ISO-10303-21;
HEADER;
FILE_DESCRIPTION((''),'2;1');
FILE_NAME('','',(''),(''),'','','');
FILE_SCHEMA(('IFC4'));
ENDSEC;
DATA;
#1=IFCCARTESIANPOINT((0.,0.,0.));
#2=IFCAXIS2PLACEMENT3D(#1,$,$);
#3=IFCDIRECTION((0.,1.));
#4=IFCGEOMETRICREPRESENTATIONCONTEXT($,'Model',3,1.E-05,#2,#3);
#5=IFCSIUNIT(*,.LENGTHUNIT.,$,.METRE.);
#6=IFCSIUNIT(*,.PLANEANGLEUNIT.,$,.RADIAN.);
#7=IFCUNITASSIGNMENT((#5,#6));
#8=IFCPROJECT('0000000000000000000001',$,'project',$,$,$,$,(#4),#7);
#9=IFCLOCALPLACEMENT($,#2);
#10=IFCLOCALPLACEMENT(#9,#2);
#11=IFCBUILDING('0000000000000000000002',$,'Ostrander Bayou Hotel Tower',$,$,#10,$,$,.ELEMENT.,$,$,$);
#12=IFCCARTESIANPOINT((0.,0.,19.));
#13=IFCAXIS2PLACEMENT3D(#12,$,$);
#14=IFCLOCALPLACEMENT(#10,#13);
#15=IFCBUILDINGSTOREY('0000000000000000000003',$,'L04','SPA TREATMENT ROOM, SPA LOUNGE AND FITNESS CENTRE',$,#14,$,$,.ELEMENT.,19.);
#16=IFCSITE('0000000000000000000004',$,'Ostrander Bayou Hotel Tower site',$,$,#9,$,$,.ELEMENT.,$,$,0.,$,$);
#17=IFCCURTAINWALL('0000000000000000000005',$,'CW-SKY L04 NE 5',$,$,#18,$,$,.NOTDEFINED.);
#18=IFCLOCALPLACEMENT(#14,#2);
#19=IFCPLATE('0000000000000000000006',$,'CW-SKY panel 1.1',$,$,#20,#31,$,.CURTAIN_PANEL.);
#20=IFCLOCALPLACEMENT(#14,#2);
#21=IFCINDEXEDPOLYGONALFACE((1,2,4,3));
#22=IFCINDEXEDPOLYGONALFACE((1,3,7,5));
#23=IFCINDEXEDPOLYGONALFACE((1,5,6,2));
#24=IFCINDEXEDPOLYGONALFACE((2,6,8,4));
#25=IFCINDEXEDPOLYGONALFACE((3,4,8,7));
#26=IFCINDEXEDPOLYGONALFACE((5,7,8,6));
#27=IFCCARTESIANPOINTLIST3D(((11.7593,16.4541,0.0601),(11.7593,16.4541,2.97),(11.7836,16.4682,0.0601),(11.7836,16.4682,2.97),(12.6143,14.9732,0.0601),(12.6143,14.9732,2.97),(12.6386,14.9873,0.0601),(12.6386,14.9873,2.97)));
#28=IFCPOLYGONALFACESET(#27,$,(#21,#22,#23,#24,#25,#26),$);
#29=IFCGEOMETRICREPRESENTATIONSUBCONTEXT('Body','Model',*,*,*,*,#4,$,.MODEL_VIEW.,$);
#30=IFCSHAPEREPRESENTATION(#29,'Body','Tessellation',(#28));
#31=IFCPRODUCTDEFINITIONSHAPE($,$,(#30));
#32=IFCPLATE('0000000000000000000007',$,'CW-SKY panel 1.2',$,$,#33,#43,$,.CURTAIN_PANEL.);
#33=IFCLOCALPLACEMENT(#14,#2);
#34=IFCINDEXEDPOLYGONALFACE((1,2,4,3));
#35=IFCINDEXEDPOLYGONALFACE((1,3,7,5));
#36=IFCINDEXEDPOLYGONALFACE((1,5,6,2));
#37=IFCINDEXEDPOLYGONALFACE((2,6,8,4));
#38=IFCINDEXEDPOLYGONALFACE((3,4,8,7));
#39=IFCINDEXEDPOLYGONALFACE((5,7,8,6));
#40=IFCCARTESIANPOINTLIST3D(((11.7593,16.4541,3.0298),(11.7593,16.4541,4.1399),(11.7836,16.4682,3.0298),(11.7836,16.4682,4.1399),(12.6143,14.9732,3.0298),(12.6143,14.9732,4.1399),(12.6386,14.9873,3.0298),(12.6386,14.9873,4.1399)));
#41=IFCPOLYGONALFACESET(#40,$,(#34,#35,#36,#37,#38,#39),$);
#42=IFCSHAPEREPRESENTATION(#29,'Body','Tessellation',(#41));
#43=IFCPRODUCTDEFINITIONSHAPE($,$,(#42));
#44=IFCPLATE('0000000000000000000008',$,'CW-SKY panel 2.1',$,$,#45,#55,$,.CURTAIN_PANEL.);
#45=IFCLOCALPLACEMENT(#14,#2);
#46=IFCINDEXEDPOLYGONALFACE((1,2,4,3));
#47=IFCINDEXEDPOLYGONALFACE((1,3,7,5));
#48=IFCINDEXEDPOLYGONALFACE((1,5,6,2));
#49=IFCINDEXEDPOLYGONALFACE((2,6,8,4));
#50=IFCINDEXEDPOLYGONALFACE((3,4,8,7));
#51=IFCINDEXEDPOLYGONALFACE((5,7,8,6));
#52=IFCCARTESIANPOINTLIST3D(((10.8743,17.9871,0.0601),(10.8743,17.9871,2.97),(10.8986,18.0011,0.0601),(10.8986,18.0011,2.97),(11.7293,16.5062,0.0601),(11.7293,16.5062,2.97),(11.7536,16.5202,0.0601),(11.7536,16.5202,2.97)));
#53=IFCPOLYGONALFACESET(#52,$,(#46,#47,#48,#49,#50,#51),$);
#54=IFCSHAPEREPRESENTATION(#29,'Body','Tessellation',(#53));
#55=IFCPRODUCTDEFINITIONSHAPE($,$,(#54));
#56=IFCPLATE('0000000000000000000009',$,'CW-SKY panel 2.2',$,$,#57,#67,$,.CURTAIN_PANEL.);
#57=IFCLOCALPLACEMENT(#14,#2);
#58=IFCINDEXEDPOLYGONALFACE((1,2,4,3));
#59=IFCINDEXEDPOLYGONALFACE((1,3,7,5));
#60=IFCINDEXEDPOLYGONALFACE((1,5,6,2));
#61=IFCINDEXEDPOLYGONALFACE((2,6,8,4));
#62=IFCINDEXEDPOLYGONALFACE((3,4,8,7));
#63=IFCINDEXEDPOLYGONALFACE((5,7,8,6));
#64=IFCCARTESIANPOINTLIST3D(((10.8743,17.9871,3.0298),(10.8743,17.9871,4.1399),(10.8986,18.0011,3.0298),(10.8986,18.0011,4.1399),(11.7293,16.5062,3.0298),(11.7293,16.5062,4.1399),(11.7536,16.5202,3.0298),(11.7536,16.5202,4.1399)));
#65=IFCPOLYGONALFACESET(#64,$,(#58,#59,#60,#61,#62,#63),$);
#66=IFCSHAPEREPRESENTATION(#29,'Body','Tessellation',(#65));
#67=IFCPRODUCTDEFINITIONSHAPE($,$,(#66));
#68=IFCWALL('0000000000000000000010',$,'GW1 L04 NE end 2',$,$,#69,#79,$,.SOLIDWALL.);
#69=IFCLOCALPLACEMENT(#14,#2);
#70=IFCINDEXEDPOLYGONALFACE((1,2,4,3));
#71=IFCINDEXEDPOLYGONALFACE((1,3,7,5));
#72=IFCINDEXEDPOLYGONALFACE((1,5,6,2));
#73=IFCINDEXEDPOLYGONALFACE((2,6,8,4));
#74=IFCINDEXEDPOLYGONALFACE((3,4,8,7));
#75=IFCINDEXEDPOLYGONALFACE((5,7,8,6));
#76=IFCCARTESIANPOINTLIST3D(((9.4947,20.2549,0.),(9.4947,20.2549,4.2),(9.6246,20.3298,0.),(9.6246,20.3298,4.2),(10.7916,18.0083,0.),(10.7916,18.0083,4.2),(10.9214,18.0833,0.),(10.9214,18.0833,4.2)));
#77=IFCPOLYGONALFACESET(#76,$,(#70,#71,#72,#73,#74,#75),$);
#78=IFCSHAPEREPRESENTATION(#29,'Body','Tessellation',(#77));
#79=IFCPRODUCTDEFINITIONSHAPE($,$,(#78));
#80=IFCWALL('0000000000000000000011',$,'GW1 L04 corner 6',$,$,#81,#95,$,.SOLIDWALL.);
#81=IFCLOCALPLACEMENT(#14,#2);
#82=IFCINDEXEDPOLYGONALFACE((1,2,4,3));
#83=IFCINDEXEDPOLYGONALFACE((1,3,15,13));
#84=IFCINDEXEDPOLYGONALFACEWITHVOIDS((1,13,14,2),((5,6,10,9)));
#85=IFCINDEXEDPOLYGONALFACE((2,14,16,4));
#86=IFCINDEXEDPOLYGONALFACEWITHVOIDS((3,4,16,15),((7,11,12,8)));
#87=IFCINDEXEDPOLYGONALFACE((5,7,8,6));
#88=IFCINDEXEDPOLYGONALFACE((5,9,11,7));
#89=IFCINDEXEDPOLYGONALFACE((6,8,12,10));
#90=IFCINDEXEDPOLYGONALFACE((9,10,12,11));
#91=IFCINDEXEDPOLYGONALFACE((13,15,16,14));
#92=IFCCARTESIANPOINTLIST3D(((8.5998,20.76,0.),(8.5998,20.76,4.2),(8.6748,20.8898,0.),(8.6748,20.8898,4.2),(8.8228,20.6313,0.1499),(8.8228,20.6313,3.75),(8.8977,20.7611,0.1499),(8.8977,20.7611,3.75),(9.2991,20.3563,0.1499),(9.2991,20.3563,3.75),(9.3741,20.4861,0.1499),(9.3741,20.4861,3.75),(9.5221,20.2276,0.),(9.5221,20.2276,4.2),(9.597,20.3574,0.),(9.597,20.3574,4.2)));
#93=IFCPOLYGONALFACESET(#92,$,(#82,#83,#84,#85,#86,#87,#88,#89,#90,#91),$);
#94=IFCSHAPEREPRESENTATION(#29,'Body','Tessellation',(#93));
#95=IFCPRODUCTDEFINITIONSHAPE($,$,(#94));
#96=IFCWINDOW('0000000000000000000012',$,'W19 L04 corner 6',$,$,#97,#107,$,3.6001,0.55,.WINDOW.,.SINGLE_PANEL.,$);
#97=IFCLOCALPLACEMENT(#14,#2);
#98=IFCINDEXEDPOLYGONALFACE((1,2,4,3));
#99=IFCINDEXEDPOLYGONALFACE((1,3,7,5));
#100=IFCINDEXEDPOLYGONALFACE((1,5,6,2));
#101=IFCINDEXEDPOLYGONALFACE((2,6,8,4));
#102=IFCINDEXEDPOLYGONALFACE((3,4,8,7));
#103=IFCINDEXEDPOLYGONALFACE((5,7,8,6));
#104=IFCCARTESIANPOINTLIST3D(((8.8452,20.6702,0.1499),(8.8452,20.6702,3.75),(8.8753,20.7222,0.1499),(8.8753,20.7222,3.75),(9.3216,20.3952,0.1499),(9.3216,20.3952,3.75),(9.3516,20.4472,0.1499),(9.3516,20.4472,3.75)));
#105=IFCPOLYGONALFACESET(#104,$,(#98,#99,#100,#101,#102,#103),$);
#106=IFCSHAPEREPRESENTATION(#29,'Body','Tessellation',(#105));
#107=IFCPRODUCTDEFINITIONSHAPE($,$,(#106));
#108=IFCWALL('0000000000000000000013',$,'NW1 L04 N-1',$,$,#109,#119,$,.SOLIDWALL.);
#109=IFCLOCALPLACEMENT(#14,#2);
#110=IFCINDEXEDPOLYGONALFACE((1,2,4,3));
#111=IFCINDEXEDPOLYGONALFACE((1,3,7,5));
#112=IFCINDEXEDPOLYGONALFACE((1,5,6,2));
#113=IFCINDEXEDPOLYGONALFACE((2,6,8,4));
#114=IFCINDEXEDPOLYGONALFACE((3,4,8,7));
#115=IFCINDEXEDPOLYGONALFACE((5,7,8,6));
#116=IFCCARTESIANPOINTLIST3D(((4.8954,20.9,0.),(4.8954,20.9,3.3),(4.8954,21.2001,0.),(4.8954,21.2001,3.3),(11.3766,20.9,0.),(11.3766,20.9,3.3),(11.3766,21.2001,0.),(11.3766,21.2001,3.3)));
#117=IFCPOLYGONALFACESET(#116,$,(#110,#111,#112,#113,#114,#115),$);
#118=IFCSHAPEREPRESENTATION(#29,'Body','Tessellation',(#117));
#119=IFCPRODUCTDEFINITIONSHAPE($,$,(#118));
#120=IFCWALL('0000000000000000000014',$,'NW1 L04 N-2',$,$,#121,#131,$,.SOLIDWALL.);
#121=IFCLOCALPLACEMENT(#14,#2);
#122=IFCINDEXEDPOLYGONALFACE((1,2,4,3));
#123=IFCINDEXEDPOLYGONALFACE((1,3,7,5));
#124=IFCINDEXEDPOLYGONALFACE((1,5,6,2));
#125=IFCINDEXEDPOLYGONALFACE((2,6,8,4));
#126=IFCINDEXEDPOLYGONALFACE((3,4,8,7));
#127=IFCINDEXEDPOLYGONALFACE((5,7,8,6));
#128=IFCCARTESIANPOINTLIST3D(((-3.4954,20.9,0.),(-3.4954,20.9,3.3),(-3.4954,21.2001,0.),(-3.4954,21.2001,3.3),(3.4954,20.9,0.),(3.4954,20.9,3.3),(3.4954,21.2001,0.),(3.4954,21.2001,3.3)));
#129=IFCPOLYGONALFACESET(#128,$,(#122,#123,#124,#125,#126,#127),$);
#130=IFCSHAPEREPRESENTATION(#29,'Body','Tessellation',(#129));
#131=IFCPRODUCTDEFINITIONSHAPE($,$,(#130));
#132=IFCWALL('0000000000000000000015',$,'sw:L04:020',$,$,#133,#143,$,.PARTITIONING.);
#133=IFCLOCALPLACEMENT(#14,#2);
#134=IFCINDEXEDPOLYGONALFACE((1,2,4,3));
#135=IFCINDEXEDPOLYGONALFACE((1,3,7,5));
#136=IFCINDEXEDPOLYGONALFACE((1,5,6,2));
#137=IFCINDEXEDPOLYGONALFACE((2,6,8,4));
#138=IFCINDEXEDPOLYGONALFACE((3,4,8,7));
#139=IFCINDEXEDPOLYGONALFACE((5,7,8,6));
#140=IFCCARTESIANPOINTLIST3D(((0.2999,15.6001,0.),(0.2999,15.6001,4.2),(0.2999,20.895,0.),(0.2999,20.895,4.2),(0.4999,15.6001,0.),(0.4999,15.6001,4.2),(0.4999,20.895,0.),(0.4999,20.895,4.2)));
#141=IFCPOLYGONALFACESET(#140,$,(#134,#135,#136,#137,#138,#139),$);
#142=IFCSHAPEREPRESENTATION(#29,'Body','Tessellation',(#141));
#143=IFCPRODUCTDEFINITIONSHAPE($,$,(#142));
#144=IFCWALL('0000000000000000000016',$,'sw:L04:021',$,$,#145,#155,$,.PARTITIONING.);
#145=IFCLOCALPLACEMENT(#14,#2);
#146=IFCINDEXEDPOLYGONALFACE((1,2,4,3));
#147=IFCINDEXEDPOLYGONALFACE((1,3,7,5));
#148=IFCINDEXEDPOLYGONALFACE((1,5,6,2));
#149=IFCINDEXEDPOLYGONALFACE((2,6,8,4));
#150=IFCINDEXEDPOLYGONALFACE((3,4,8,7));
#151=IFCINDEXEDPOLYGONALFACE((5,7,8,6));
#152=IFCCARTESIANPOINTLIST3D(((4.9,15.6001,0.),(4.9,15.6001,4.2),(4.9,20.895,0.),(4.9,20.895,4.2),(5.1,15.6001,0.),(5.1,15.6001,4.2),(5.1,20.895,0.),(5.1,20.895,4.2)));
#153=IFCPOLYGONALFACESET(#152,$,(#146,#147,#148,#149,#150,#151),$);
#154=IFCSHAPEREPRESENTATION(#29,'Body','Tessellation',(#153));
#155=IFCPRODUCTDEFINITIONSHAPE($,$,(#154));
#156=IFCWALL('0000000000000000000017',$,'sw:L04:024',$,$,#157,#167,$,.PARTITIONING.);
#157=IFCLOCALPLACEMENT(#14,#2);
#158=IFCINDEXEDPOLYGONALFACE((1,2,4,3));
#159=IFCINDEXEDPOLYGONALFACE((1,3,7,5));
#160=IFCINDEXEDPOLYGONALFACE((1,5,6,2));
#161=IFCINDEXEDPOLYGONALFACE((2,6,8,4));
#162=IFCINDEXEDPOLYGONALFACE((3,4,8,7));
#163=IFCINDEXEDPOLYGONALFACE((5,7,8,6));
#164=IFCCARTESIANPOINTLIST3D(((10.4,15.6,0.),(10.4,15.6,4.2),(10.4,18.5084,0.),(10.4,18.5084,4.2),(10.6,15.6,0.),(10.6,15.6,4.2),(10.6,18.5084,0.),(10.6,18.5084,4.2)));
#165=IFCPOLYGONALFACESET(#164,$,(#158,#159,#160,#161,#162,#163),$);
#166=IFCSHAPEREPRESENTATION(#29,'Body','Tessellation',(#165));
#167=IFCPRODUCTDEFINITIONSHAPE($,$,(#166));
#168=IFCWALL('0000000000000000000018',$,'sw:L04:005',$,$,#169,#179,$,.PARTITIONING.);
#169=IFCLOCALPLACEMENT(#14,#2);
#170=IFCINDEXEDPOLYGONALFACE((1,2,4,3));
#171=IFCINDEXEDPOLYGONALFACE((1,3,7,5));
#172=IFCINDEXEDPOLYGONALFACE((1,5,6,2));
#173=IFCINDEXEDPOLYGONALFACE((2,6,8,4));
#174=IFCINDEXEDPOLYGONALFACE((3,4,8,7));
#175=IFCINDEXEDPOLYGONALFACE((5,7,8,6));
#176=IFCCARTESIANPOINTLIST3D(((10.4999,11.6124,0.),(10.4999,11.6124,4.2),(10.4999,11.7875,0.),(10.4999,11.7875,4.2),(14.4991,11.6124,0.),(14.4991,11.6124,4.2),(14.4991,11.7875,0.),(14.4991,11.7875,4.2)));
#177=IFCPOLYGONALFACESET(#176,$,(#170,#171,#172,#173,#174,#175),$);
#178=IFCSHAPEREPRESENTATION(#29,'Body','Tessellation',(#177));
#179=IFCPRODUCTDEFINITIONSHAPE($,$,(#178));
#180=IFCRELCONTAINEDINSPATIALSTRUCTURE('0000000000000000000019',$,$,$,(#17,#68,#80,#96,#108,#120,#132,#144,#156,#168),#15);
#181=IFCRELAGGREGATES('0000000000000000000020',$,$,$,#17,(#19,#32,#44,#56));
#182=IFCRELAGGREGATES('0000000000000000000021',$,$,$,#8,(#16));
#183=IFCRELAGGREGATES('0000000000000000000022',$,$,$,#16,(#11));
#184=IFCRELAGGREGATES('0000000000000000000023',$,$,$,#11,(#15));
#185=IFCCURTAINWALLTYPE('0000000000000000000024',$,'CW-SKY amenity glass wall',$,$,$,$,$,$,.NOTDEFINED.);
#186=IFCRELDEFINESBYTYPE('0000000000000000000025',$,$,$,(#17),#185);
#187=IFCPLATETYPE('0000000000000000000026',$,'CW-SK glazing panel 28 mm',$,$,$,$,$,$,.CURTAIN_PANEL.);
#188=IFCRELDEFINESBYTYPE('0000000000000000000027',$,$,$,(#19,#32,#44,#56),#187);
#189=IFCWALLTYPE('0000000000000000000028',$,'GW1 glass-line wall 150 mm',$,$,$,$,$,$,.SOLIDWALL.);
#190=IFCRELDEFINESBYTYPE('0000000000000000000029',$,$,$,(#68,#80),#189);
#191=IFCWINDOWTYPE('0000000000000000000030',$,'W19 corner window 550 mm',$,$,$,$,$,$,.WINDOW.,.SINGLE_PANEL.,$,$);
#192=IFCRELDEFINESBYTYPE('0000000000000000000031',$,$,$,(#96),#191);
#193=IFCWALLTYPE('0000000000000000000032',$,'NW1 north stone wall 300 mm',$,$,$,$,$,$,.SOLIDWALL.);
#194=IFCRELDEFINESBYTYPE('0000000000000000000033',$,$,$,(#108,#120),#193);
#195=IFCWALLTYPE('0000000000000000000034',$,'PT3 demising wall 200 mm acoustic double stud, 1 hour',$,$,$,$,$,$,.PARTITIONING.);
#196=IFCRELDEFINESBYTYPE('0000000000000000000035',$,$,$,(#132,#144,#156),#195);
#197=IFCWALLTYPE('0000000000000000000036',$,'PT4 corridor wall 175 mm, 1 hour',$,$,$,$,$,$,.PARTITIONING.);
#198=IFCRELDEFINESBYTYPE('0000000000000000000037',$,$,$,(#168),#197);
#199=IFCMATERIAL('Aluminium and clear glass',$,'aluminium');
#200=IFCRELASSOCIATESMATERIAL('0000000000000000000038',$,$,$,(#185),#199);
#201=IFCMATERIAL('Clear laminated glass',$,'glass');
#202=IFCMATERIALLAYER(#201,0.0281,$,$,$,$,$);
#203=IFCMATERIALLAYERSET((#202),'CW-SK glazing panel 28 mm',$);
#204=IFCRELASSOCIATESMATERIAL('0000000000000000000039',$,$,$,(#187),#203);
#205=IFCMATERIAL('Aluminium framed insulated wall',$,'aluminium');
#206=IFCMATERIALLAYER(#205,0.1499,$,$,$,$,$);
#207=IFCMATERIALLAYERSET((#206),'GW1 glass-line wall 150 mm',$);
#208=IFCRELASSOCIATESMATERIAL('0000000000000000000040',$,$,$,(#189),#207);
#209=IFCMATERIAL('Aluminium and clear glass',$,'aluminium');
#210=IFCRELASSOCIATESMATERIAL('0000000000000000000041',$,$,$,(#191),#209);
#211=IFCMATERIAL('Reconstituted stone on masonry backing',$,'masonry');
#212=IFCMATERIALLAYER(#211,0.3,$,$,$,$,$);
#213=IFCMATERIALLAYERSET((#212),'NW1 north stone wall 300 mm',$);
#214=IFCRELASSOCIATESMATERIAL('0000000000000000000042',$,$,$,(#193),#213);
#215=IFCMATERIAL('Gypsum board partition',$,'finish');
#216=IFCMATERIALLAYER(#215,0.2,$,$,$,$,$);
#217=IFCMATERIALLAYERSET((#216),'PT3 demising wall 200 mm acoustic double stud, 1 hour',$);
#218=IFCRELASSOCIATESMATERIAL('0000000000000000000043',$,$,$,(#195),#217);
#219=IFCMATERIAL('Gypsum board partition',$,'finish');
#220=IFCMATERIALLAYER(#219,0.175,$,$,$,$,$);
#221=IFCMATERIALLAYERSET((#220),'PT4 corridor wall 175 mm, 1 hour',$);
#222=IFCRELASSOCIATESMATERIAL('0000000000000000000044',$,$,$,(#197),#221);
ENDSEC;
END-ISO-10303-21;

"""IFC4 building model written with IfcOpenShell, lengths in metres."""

from ifc_helpers import new_model, si_unit, direction, frame, frame_2d, origin, origin_2d, place, context, subcontext, project, spatial, rectangle, extrude, material, layer, layer_set, type_object, element, fill, aggregate, save


model = new_model("IFC4")

# Units and contexts
model_context = context("Model", 3, precision=1e-05, world=origin(), true_north=direction((0.0, 1.0)))
body_context = subcontext(model_context, "Body", "Model", "MODEL_VIEW")
ifc_project = project(units=[si_unit("LENGTHUNIT", "METRE"), si_unit("PLANEANGLEUNIT", "RADIAN")], contexts=[model_context])

# Site, building, storey
site_placement = place(None, origin())
site = spatial("IfcSite", under=ifc_project, at=site_placement, Name="Ostrander Bayou Hotel Tower site", CompositionType="ELEMENT", RefElevation=0.0)
building_placement = place(site_placement, origin())
building = spatial("IfcBuilding", under=site, at=building_placement, Name="Ostrander Bayou Hotel Tower", CompositionType="ELEMENT")
storey_placement = place(building_placement, frame((0.0, 0.0, 19.0)))
storey = spatial("IfcBuildingStorey", under=building, at=storey_placement, Name="L04", Description="SPA TREATMENT ROOM, SPA LOUNGE AND FITNESS CENTRE", CompositionType="ELEMENT", Elevation=19.0)

# Curtain wall
ifc_material_1 = material(Name="Aluminium and clear glass", Category="aluminium")
curtain_wall_type = type_object("IfcCurtainWallType", Name="CW-SKY amenity glass wall", PredefinedType="NOTDEFINED", material=ifc_material_1)
curtain_wall_placement = place(storey_placement, origin())
curtain_wall = element("IfcCurtainWall", 1, at=curtain_wall_placement, inside=storey, type_object=curtain_wall_type, Name="CW-SKY L04 NE 5", PredefinedType="NOTDEFINED")

# Plates
ifc_material_2 = material(Name="Clear laminated glass", Category="glass")
ifc_layer_1 = layer(ifc_material_2, 0.0281)
ifc_layer_set_1 = layer_set([ifc_layer_1], Name="CW-SK glazing panel 28 mm")
plate_type = type_object("IfcPlateType", Name="CW-SK glazing panel 28 mm", PredefinedType="CURTAIN_PANEL", material=ifc_layer_set_1)
plate_1_placement = place(storey_placement, frame((12.199, 15.7207, 0.0601), z_axis=(0.0, 0.0, 1.0), x_axis=(-0.499999, 0.866026, 0.0)))
plate_1 = element("IfcPlate", 2, at=plate_1_placement, type_object=plate_type, Name="CW-SKY panel 1.1", PredefinedType="CURTAIN_PANEL", context=body_context, shape_type="SweptSolid", body=[
    extrude(rectangle(XDim=1.71, YDim=0.0281, at=origin_2d()), origin(), (0.0, 0.0, 1.0), 2.9099),
])
plate_2_placement = place(storey_placement, frame((12.199, 15.7207, 3.0298), z_axis=(0.0, 0.0, 1.0), x_axis=(-0.499999, 0.866026, 0.0)))
plate_2 = element("IfcPlate", 3, at=plate_2_placement, type_object=plate_type, Name="CW-SKY panel 1.2", PredefinedType="CURTAIN_PANEL", context=body_context, shape_type="SweptSolid", body=[
    extrude(rectangle(XDim=1.71, YDim=0.0281, at=origin_2d()), origin(), (0.0, 0.0, 1.0), 1.1101),
])
plate_3_placement = place(storey_placement, frame((11.314, 17.2537, 0.0601), z_axis=(0.0, 0.0, 1.0), x_axis=(-0.499999, 0.866026, 0.0)))
plate_3 = element("IfcPlate", 4, at=plate_3_placement, type_object=plate_type, Name="CW-SKY panel 2.1", PredefinedType="CURTAIN_PANEL", context=body_context, shape_type="SweptSolid", body=[
    extrude(rectangle(XDim=1.71, YDim=0.0281, at=origin_2d()), origin(), (0.0, 0.0, 1.0), 2.9099),
])
plate_4_placement = place(storey_placement, frame((11.314, 17.2537, 3.0298), z_axis=(0.0, 0.0, 1.0), x_axis=(-0.499999, 0.866026, 0.0)))
plate_4 = element("IfcPlate", 5, at=plate_4_placement, type_object=plate_type, Name="CW-SKY panel 2.2", PredefinedType="CURTAIN_PANEL", context=body_context, shape_type="SweptSolid", body=[
    extrude(rectangle(XDim=1.71, YDim=0.0281, at=origin_2d()), origin(), (0.0, 0.0, 1.0), 1.1101),
])
aggregate(curtain_wall, [plate_1, plate_2, plate_3, plate_4])

# Wall
ifc_material_3 = material(Name="Aluminium framed insulated wall", Category="aluminium")
ifc_layer_2 = layer(ifc_material_3, 0.1499)
ifc_layer_set_2 = layer_set([ifc_layer_2], Name="GW1 glass-line wall 150 mm")
wall_type_1 = type_object("IfcWallType", Name="GW1 glass-line wall 150 mm", PredefinedType="SOLIDWALL", material=ifc_layer_set_2)
wall_1_placement = place(storey_placement, frame((10.8564, 18.0459, 0.0), z_axis=(0.0, 0.0, 1.0), x_axis=(-0.499945, 0.866057, 0.0)))
element("IfcWall", 6, at=wall_1_placement, inside=storey, type_object=wall_type_1, Name="GW1 L04 NE end 2", PredefinedType="SOLIDWALL", context=body_context, shape_type="SweptSolid", body=[
    extrude(rectangle(XDim=2.594, YDim=0.1499, at=frame_2d((1.2969, 0.0))), origin(), (0.0, 0.0, 1.0), 4.2),
])

# Wall, opening, window
wall_2_placement = place(storey_placement, frame((9.5596, 20.2925, 0.0), z_axis=(0.0, 0.0, 1.0), x_axis=(-0.866048, 0.499961, 0.0)))
wall_2 = element("IfcWall", 7, at=wall_2_placement, inside=storey, type_object=wall_type_1, Name="GW1 L04 corner 6", PredefinedType="SOLIDWALL", context=body_context, shape_type="SweptSolid", body=[
    extrude(rectangle(XDim=1.0649, YDim=0.1499, at=frame_2d((0.5325, 0.0))), origin(), (0.0, 0.0, 1.0), 4.2),
])
opening_1_placement = place(wall_2_placement, frame((0.2576, 0.0, 0.1499)))
opening_1 = element("IfcOpeningElement", 8, at=opening_1_placement, cuts=wall_2, PredefinedType="OPENING", context=body_context, shape_type="SweptSolid", body=[
    extrude(rectangle(XDim=0.55, YDim=3.6001, at=frame_2d((0.2749, 1.8))), frame((0.0, 0.075, 0.0), z_axis=(0.0, -1.0, 0.0), x_axis=(1.0, 0.0, 0.0)), (0.0, 0.0, 1.0), 0.1499),
])
ifc_material_4 = material(Name="Aluminium and clear glass", Category="aluminium")
window_type = type_object("IfcWindowType", Name="W19 corner window 550 mm", PartitioningType="SINGLE_PANEL", PredefinedType="WINDOW", material=ifc_material_4)
window_placement = place(opening_1_placement, origin())
window = element("IfcWindow", 9, at=window_placement, inside=storey, type_object=window_type, Name="W19 L04 corner 6", OverallHeight=3.6001, OverallWidth=0.55, PartitioningType="SINGLE_PANEL", PredefinedType="WINDOW", context=body_context, shape_type="SweptSolid", body=[
    extrude(rectangle(XDim=0.55, YDim=3.6001, at=frame_2d((0.2749, 1.8))), frame((0.0, 0.03, 0.0), z_axis=(0.0, -1.0, 0.0), x_axis=(1.0, 0.0, 0.0)), (0.0, 0.0, 1.0), 0.0601),
])
fill(opening_1, window)

# Walls
ifc_material_5 = material(Name="Reconstituted stone on masonry backing", Category="masonry")
ifc_layer_3 = layer(ifc_material_5, 0.3)
ifc_layer_set_3 = layer_set([ifc_layer_3], Name="NW1 north stone wall 300 mm")
wall_type_2 = type_object("IfcWallType", Name="NW1 north stone wall 300 mm", PredefinedType="SOLIDWALL", material=ifc_layer_set_3)
wall_3_placement = place(storey_placement, frame((11.3767, 21.05, 0.0), z_axis=(0.0, 0.0, 1.0), x_axis=(-1.0, 0.0, 0.0)))
element("IfcWall", 10, at=wall_3_placement, inside=storey, type_object=wall_type_2, Name="NW1 L04 N-1", PredefinedType="SOLIDWALL", context=body_context, shape_type="SweptSolid", body=[
    extrude(rectangle(XDim=6.4812, YDim=0.3, at=frame_2d((3.2407, 0.0))), origin(), (0.0, 0.0, 1.0), 3.3),
])
wall_4_placement = place(storey_placement, frame((3.4954, 21.05, 0.0), z_axis=(0.0, 0.0, 1.0), x_axis=(-1.0, 0.0, 0.0)))
element("IfcWall", 11, at=wall_4_placement, inside=storey, type_object=wall_type_2, Name="NW1 L04 N-2", PredefinedType="SOLIDWALL", context=body_context, shape_type="SweptSolid", body=[
    extrude(rectangle(XDim=6.9907, YDim=0.3, at=frame_2d((3.4954, 0.0))), origin(), (0.0, 0.0, 1.0), 3.3),
])
ifc_material_6 = material(Name="Gypsum board partition", Category="finish")
ifc_layer_4 = layer(ifc_material_6, 0.2)
ifc_layer_set_4 = layer_set([ifc_layer_4], Name="PT3 demising wall 200 mm acoustic double stud, 1 hour")
wall_type_3 = type_object("IfcWallType", Name="PT3 demising wall 200 mm acoustic double stud, 1 hour", PredefinedType="PARTITIONING", material=ifc_layer_set_4)
for number, where, z_axis, x_axis, name in (
    (12, (0.3999, 15.6001, 0.0), (0.0, 0.0, 1.0), (0.0, 1.0, 0.0), "sw:L04:020"),
    (13, (5.0, 15.6001, 0.0), (0.0, 0.0, 1.0), (0.0, 1.0, 0.0), "sw:L04:021"),
):
    element("IfcWall", number, at=place(storey_placement, frame(where, z_axis=z_axis, x_axis=x_axis)), inside=storey, type_object=wall_type_3, Name=name, PredefinedType="PARTITIONING", context=body_context, shape_type="SweptSolid", body=[
        extrude(rectangle(XDim=5.2949, YDim=0.2, at=frame_2d((2.6475, 0.0))), origin(), (0.0, 0.0, 1.0), 4.2),
    ])
wall_5_placement = place(storey_placement, frame((10.5, 15.6001, 0.0), z_axis=(0.0, 0.0, 1.0), x_axis=(0.0, 1.0, 0.0)))
element("IfcWall", 14, at=wall_5_placement, inside=storey, type_object=wall_type_3, Name="sw:L04:024", PredefinedType="PARTITIONING", context=body_context, shape_type="SweptSolid", body=[
    extrude(rectangle(XDim=2.9084, YDim=0.2, at=frame_2d((1.4541, 0.0))), origin(), (0.0, 0.0, 1.0), 4.2),
])
ifc_material_7 = material(Name="Gypsum board partition", Category="finish")
ifc_layer_5 = layer(ifc_material_7, 0.175)
ifc_layer_set_5 = layer_set([ifc_layer_5], Name="PT4 corridor wall 175 mm, 1 hour")
wall_type_4 = type_object("IfcWallType", Name="PT4 corridor wall 175 mm, 1 hour", PredefinedType="PARTITIONING", material=ifc_layer_set_5)
wall_6_placement = place(storey_placement, frame((10.5, 11.7, 0.0), z_axis=(0.0, 0.0, 1.0), x_axis=(1.0, 0.0, 0.0)))
element("IfcWall", 15, at=wall_6_placement, inside=storey, type_object=wall_type_4, Name="sw:L04:005", PredefinedType="PARTITIONING", context=body_context, shape_type="SweptSolid", body=[
    extrude(rectangle(XDim=3.9993, YDim=0.175, at=frame_2d((1.9995, 0.0))), origin(), (0.0, 0.0, 1.0), 4.2),
])

save(model, "model.ifc")
